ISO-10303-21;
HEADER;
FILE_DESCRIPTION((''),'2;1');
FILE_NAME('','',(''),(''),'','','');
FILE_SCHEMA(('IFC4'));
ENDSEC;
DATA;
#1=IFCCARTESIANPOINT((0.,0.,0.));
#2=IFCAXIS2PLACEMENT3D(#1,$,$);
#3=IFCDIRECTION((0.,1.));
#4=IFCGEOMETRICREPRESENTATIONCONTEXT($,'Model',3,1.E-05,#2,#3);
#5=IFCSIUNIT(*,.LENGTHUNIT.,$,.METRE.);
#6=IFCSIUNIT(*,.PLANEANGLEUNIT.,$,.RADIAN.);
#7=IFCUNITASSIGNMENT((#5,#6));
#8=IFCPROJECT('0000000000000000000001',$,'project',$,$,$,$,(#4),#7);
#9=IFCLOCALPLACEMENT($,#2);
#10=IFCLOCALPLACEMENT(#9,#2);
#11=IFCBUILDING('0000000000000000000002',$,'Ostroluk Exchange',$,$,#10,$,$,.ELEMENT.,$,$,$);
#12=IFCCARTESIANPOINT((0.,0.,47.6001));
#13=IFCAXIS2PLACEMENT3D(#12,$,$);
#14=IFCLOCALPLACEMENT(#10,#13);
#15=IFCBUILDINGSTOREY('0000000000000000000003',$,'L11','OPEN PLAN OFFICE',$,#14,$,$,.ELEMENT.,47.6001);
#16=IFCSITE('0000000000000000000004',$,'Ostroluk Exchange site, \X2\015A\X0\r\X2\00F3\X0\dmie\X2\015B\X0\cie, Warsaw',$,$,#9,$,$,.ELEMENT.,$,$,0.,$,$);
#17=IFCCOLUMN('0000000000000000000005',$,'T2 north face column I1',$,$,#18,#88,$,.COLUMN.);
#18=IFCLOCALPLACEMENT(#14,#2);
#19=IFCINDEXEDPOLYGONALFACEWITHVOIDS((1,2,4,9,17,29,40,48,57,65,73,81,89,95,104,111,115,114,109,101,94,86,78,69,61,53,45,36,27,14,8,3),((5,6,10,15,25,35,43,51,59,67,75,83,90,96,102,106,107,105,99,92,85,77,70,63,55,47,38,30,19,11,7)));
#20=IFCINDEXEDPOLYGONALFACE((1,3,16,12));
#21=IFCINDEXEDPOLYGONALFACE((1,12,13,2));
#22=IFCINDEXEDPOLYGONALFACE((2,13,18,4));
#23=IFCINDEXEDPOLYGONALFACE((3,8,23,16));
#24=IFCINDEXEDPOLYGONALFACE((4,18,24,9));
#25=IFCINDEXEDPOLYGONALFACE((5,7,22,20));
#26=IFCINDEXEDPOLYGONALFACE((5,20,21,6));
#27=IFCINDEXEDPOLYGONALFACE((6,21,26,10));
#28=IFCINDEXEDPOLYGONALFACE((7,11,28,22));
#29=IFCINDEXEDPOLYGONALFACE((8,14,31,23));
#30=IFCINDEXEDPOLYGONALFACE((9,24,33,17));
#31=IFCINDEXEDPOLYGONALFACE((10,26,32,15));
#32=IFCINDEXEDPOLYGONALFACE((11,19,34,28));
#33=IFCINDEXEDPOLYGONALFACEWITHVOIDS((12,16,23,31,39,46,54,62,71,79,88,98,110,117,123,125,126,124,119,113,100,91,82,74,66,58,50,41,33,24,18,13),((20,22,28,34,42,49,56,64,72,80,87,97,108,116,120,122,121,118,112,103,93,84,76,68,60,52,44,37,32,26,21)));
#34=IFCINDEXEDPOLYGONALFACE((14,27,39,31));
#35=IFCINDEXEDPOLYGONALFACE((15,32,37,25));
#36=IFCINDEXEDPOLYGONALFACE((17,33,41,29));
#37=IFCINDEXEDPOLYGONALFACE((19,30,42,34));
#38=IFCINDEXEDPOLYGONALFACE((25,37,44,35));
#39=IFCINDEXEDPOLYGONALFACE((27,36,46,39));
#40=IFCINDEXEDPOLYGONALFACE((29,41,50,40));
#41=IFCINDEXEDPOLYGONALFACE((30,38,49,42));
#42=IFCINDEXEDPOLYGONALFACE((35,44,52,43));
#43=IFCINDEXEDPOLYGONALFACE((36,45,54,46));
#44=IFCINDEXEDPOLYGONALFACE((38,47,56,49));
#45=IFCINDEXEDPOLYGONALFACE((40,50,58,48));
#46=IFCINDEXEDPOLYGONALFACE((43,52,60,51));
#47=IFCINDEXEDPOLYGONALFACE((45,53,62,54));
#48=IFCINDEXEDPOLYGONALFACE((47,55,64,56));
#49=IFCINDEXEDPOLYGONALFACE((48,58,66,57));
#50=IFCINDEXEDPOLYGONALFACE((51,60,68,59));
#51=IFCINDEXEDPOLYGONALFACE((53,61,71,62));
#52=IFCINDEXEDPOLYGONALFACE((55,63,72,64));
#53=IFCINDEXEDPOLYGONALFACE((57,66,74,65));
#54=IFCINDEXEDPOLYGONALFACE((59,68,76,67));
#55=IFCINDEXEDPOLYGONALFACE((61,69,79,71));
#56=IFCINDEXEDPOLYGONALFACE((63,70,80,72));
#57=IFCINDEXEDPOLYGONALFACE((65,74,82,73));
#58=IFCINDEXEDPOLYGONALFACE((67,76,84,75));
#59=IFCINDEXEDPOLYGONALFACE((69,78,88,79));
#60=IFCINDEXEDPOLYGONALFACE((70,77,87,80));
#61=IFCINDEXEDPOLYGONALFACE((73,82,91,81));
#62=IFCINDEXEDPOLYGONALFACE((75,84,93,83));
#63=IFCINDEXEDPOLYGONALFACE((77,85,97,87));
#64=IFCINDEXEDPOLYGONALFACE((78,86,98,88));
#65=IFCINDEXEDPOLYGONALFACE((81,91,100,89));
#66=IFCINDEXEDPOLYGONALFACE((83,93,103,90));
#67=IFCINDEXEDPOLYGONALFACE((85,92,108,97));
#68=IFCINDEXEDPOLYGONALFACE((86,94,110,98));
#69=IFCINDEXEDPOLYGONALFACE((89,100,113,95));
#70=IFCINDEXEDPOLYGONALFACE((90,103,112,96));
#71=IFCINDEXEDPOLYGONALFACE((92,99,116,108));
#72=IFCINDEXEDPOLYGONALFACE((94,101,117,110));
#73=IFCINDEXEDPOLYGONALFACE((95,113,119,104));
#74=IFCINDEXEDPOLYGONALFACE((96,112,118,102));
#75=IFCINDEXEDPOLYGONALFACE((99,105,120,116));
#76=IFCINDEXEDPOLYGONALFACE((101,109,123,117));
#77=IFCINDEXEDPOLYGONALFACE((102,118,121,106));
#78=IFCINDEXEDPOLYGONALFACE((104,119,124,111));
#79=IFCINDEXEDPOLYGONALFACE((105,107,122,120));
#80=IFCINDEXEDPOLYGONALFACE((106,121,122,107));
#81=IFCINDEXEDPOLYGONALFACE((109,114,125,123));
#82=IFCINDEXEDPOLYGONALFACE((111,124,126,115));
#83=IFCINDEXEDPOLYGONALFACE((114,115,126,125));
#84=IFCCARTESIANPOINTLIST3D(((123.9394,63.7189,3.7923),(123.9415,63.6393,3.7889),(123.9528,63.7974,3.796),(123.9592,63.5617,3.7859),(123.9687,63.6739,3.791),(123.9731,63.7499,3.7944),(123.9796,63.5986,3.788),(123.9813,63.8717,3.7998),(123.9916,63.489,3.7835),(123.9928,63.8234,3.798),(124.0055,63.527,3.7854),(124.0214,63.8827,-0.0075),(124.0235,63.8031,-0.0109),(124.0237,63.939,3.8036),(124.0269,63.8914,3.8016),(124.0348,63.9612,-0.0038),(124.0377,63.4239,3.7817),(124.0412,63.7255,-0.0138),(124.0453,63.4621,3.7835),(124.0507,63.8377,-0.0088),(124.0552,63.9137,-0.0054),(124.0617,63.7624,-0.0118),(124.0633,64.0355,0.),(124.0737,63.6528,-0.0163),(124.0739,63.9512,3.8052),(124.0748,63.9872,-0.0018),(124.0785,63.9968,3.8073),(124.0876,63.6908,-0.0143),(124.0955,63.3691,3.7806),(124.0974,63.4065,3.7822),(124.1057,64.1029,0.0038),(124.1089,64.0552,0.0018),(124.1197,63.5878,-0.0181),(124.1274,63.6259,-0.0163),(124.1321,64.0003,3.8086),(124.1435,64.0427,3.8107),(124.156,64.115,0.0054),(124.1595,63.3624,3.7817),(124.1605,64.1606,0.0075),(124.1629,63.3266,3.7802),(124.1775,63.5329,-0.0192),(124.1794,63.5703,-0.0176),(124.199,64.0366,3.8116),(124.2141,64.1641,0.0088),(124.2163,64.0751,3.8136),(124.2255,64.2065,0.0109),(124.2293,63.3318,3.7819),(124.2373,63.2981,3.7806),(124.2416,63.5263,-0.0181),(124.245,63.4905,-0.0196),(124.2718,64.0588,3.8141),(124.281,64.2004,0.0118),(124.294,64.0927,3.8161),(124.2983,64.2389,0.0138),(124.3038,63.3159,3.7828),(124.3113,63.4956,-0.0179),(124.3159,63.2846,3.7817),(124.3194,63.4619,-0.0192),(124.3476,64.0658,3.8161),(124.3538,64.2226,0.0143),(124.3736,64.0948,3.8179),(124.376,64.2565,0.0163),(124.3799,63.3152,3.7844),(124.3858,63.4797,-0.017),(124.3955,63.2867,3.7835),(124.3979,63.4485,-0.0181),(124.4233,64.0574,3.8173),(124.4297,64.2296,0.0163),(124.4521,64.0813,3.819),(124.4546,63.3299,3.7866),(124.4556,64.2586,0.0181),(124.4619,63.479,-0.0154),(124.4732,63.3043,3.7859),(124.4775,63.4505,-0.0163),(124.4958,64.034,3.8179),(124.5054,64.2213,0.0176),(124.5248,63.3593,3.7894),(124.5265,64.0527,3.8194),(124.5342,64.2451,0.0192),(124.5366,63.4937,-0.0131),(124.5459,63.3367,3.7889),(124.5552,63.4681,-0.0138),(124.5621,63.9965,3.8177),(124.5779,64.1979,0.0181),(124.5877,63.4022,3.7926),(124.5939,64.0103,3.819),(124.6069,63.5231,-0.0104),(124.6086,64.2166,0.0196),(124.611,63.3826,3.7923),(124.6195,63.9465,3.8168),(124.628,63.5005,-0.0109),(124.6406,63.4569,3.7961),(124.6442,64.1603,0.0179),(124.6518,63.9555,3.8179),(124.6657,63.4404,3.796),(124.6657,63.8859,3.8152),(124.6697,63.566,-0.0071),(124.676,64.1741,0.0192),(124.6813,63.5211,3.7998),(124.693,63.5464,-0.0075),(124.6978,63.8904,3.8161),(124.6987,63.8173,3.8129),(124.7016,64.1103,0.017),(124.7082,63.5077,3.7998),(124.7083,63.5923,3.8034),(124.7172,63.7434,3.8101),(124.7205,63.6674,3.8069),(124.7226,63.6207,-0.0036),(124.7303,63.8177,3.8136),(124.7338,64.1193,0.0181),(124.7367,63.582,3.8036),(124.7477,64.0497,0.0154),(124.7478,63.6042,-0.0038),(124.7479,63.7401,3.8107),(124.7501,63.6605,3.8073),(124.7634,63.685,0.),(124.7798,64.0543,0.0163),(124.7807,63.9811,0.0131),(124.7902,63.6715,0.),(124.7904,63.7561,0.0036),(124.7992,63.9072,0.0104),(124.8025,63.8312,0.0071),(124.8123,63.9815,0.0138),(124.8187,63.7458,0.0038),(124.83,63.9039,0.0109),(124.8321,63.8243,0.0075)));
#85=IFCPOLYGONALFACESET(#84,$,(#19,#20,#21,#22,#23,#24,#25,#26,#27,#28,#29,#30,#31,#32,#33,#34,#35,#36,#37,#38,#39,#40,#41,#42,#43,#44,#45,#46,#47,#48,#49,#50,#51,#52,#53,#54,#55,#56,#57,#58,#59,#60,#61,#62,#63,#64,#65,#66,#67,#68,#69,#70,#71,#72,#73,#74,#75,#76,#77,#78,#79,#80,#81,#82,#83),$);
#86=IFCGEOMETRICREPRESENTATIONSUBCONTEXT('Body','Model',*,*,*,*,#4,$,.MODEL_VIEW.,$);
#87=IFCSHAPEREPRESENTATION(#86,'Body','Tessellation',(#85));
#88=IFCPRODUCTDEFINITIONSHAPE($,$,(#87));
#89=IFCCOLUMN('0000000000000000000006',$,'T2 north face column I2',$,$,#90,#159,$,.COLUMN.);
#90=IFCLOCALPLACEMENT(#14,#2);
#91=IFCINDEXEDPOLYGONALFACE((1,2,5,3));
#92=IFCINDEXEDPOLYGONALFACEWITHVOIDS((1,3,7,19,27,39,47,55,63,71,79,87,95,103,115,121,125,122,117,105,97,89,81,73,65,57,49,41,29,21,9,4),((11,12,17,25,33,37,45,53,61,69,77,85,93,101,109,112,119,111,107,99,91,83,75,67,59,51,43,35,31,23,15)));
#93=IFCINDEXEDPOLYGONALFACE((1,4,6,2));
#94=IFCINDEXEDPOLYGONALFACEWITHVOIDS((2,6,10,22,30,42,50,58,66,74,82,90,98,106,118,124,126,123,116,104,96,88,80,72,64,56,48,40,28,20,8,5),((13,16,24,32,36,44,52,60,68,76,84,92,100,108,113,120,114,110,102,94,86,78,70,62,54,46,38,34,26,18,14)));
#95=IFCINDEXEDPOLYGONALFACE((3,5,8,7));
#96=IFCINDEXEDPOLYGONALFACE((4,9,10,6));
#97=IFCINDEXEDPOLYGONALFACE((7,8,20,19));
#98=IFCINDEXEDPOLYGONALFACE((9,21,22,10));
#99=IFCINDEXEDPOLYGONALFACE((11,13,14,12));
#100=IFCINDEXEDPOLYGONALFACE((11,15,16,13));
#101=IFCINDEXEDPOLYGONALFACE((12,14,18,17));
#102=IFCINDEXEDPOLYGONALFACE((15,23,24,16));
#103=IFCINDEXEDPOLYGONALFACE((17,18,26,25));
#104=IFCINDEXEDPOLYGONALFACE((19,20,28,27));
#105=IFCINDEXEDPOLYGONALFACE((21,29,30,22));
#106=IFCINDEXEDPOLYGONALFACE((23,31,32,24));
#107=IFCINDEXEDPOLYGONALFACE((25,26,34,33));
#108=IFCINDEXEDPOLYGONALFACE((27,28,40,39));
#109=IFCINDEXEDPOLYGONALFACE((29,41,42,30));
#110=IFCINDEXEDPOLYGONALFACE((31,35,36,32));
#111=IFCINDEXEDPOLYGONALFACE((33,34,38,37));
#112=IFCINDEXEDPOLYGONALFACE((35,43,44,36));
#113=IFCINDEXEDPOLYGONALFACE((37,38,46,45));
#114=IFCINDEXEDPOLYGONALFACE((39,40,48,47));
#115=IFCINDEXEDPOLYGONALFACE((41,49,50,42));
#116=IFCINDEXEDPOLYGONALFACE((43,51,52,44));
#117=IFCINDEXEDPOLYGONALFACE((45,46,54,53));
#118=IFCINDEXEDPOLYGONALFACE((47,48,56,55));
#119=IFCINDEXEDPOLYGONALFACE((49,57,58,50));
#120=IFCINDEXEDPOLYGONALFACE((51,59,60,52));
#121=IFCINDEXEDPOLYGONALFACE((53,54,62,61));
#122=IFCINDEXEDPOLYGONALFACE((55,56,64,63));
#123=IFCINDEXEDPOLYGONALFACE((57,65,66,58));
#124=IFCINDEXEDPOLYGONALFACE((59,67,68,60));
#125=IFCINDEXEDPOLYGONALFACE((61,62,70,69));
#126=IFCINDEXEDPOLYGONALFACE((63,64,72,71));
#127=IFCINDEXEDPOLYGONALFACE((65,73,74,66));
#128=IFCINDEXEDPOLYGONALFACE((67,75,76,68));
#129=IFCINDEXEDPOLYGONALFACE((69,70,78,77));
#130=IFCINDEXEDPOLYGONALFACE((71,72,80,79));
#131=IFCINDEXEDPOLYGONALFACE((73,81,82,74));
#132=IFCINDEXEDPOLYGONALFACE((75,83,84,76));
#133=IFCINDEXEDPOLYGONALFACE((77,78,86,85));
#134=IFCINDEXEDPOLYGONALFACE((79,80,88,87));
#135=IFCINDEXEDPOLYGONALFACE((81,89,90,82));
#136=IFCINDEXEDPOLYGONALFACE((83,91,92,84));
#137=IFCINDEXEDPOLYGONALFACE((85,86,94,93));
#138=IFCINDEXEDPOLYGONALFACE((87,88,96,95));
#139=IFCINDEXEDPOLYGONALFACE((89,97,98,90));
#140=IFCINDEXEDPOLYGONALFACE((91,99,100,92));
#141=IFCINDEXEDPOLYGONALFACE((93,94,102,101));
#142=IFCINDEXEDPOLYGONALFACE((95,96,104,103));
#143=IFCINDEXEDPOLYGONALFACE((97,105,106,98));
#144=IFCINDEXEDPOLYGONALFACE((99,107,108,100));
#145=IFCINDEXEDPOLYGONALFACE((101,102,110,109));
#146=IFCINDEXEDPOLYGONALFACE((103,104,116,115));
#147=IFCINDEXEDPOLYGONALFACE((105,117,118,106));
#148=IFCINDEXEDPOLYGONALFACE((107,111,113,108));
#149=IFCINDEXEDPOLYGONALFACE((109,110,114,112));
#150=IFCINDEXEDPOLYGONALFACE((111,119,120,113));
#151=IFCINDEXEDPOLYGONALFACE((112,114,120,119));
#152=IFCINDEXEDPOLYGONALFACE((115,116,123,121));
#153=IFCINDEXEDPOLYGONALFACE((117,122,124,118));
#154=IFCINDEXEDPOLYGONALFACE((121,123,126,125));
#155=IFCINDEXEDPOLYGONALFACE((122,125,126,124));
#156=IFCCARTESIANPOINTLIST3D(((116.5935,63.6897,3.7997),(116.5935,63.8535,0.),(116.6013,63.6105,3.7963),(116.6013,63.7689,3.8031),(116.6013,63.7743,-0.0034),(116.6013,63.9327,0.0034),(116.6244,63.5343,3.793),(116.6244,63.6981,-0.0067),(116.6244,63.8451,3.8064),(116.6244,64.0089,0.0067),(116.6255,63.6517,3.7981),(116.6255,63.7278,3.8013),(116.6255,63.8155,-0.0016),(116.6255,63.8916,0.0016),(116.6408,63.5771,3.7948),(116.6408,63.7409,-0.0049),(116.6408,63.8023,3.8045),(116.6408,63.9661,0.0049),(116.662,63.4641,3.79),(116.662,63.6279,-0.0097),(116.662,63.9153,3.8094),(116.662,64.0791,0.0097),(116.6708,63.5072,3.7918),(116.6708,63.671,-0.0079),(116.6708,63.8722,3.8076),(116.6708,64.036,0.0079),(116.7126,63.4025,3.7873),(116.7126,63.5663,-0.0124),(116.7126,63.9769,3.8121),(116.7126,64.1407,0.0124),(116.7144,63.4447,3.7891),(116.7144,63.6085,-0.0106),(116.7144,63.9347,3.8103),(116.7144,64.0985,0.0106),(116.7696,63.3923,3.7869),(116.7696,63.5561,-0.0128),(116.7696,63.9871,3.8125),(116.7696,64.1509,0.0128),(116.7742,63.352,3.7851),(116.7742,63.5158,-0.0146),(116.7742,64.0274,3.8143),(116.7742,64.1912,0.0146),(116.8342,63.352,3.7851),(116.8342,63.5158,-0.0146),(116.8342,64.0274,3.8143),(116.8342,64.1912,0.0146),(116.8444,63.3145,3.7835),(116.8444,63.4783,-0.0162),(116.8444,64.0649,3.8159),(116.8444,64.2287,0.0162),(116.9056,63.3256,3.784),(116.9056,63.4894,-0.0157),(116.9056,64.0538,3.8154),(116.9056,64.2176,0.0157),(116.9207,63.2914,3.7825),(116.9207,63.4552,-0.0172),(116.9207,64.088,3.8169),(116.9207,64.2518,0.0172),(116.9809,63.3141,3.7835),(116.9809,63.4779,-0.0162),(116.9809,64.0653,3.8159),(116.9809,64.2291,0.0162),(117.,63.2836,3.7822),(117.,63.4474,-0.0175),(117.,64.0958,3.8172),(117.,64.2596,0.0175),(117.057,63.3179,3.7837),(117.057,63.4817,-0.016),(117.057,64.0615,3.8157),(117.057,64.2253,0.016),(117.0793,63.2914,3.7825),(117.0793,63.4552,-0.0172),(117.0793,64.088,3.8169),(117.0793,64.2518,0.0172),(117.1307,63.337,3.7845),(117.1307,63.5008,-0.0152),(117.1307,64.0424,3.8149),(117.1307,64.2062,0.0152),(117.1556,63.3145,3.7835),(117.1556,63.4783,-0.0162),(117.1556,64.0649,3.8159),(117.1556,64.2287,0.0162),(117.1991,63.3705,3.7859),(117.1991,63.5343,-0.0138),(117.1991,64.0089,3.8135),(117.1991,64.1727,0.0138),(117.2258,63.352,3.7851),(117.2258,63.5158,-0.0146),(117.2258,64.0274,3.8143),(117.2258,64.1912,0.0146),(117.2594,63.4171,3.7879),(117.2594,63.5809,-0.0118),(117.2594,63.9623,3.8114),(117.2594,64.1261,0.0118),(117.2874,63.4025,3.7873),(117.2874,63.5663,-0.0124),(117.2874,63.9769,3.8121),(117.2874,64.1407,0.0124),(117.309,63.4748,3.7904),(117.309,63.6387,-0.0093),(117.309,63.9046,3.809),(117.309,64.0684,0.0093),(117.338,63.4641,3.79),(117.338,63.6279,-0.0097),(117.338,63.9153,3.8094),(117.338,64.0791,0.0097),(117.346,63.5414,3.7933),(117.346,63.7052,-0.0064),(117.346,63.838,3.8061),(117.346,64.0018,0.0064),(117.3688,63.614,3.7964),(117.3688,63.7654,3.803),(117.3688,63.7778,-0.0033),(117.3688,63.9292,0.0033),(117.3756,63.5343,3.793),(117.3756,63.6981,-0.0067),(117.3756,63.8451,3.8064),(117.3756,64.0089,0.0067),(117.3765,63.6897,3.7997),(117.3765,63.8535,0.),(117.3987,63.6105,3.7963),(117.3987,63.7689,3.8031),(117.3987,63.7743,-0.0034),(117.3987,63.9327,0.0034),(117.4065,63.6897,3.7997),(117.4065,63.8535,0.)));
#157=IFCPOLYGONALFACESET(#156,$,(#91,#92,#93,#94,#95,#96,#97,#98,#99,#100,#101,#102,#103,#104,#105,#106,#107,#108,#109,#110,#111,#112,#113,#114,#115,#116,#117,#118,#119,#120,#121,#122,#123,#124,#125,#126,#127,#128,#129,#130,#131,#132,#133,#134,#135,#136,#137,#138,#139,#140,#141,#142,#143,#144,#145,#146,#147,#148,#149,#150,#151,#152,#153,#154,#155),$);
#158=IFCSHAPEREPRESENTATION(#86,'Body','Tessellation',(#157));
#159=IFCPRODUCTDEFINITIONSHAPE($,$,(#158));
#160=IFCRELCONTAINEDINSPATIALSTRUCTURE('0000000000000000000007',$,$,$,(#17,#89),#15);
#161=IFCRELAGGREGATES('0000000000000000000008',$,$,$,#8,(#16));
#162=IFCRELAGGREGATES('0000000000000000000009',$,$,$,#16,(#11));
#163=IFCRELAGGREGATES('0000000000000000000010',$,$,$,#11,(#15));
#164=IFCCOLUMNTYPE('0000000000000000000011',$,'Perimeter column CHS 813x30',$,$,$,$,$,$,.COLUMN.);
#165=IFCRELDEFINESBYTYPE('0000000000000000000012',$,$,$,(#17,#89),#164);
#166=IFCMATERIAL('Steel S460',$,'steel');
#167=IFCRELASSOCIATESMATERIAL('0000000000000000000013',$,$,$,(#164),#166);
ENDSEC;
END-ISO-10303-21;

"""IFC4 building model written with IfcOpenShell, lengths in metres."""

from ifc_helpers import new_model, si_unit, direction, frame, origin, origin_2d, place, context, subcontext, project, spatial, hollow_circle, extrude, material, material_profile, profile_set, type_object, element, save


model = new_model("IFC4")

# Units and contexts
model_context = context("Model", 3, precision=1e-05, world=origin(), true_north=direction((0.0, 1.0)))
body_context = subcontext(model_context, "Body", "Model", "MODEL_VIEW")
ifc_project = project(units=[si_unit("LENGTHUNIT", "METRE"), si_unit("PLANEANGLEUNIT", "RADIAN")], contexts=[model_context])

# Site, building, storey
site_placement = place(None, origin())
site = spatial("IfcSite", under=ifc_project, at=site_placement, Name="Ostroluk Exchange site, Śródmieście, Warsaw", CompositionType="ELEMENT", RefElevation=0.0)
building_placement = place(site_placement, origin())
building = spatial("IfcBuilding", under=site, at=building_placement, Name="Ostroluk Exchange", CompositionType="ELEMENT")
storey_placement = place(building_placement, frame((0.0, 0.0, 47.6001)))
storey = spatial("IfcBuildingStorey", under=building, at=storey_placement, Name="L11", Description="OPEN PLAN OFFICE", CompositionType="ELEMENT", Elevation=47.6001)

# Columns
ifc_material_1 = material(Name="Steel S460", Category="steel")
ifc_material_profile_1 = material_profile(ifc_material_1, hollow_circle(Radius=0.4065, WallThickness=0.03, at=origin_2d()), Name="CHS 813x30")
ifc_profile_set_1 = profile_set([ifc_material_profile_1], Name="Steel S460")
column_type = type_object("IfcColumnType", Name="Perimeter column CHS 813x30", PredefinedType="COLUMN", material=ifc_profile_set_1)
column_1_placement = place(storey_placement, frame((124.4268, 63.8535, 0.0), z_axis=(-0.021563, -0.043062, 0.99884), x_axis=(0.894161, -0.447747, 0.0)))
element("IfcColumn", 1, at=column_1_placement, inside=storey, type_object=column_type, Name="T2 north face column I1", PredefinedType="COLUMN", context=body_context, shape_type="SweptSolid", body=[
    extrude(hollow_circle(Radius=0.4065, WallThickness=0.03, at=origin_2d()), origin(), (0.0, 0.0, 1.0), 3.8042),
])
column_2_placement = place(storey_placement, frame((117.0, 63.8535, 0.0), z_axis=(0.0, -0.043072, 0.999072), x_axis=(1.0, 0.0, 0.0)))
element("IfcColumn", 2, at=column_2_placement, inside=storey, type_object=column_type, Name="T2 north face column I2", PredefinedType="COLUMN", context=body_context, shape_type="SweptSolid", body=[
    extrude(hollow_circle(Radius=0.4065, WallThickness=0.03, at=origin_2d()), origin(), (0.0, 0.0, 1.0), 3.8032),
])

save(model, "model.ifc")
